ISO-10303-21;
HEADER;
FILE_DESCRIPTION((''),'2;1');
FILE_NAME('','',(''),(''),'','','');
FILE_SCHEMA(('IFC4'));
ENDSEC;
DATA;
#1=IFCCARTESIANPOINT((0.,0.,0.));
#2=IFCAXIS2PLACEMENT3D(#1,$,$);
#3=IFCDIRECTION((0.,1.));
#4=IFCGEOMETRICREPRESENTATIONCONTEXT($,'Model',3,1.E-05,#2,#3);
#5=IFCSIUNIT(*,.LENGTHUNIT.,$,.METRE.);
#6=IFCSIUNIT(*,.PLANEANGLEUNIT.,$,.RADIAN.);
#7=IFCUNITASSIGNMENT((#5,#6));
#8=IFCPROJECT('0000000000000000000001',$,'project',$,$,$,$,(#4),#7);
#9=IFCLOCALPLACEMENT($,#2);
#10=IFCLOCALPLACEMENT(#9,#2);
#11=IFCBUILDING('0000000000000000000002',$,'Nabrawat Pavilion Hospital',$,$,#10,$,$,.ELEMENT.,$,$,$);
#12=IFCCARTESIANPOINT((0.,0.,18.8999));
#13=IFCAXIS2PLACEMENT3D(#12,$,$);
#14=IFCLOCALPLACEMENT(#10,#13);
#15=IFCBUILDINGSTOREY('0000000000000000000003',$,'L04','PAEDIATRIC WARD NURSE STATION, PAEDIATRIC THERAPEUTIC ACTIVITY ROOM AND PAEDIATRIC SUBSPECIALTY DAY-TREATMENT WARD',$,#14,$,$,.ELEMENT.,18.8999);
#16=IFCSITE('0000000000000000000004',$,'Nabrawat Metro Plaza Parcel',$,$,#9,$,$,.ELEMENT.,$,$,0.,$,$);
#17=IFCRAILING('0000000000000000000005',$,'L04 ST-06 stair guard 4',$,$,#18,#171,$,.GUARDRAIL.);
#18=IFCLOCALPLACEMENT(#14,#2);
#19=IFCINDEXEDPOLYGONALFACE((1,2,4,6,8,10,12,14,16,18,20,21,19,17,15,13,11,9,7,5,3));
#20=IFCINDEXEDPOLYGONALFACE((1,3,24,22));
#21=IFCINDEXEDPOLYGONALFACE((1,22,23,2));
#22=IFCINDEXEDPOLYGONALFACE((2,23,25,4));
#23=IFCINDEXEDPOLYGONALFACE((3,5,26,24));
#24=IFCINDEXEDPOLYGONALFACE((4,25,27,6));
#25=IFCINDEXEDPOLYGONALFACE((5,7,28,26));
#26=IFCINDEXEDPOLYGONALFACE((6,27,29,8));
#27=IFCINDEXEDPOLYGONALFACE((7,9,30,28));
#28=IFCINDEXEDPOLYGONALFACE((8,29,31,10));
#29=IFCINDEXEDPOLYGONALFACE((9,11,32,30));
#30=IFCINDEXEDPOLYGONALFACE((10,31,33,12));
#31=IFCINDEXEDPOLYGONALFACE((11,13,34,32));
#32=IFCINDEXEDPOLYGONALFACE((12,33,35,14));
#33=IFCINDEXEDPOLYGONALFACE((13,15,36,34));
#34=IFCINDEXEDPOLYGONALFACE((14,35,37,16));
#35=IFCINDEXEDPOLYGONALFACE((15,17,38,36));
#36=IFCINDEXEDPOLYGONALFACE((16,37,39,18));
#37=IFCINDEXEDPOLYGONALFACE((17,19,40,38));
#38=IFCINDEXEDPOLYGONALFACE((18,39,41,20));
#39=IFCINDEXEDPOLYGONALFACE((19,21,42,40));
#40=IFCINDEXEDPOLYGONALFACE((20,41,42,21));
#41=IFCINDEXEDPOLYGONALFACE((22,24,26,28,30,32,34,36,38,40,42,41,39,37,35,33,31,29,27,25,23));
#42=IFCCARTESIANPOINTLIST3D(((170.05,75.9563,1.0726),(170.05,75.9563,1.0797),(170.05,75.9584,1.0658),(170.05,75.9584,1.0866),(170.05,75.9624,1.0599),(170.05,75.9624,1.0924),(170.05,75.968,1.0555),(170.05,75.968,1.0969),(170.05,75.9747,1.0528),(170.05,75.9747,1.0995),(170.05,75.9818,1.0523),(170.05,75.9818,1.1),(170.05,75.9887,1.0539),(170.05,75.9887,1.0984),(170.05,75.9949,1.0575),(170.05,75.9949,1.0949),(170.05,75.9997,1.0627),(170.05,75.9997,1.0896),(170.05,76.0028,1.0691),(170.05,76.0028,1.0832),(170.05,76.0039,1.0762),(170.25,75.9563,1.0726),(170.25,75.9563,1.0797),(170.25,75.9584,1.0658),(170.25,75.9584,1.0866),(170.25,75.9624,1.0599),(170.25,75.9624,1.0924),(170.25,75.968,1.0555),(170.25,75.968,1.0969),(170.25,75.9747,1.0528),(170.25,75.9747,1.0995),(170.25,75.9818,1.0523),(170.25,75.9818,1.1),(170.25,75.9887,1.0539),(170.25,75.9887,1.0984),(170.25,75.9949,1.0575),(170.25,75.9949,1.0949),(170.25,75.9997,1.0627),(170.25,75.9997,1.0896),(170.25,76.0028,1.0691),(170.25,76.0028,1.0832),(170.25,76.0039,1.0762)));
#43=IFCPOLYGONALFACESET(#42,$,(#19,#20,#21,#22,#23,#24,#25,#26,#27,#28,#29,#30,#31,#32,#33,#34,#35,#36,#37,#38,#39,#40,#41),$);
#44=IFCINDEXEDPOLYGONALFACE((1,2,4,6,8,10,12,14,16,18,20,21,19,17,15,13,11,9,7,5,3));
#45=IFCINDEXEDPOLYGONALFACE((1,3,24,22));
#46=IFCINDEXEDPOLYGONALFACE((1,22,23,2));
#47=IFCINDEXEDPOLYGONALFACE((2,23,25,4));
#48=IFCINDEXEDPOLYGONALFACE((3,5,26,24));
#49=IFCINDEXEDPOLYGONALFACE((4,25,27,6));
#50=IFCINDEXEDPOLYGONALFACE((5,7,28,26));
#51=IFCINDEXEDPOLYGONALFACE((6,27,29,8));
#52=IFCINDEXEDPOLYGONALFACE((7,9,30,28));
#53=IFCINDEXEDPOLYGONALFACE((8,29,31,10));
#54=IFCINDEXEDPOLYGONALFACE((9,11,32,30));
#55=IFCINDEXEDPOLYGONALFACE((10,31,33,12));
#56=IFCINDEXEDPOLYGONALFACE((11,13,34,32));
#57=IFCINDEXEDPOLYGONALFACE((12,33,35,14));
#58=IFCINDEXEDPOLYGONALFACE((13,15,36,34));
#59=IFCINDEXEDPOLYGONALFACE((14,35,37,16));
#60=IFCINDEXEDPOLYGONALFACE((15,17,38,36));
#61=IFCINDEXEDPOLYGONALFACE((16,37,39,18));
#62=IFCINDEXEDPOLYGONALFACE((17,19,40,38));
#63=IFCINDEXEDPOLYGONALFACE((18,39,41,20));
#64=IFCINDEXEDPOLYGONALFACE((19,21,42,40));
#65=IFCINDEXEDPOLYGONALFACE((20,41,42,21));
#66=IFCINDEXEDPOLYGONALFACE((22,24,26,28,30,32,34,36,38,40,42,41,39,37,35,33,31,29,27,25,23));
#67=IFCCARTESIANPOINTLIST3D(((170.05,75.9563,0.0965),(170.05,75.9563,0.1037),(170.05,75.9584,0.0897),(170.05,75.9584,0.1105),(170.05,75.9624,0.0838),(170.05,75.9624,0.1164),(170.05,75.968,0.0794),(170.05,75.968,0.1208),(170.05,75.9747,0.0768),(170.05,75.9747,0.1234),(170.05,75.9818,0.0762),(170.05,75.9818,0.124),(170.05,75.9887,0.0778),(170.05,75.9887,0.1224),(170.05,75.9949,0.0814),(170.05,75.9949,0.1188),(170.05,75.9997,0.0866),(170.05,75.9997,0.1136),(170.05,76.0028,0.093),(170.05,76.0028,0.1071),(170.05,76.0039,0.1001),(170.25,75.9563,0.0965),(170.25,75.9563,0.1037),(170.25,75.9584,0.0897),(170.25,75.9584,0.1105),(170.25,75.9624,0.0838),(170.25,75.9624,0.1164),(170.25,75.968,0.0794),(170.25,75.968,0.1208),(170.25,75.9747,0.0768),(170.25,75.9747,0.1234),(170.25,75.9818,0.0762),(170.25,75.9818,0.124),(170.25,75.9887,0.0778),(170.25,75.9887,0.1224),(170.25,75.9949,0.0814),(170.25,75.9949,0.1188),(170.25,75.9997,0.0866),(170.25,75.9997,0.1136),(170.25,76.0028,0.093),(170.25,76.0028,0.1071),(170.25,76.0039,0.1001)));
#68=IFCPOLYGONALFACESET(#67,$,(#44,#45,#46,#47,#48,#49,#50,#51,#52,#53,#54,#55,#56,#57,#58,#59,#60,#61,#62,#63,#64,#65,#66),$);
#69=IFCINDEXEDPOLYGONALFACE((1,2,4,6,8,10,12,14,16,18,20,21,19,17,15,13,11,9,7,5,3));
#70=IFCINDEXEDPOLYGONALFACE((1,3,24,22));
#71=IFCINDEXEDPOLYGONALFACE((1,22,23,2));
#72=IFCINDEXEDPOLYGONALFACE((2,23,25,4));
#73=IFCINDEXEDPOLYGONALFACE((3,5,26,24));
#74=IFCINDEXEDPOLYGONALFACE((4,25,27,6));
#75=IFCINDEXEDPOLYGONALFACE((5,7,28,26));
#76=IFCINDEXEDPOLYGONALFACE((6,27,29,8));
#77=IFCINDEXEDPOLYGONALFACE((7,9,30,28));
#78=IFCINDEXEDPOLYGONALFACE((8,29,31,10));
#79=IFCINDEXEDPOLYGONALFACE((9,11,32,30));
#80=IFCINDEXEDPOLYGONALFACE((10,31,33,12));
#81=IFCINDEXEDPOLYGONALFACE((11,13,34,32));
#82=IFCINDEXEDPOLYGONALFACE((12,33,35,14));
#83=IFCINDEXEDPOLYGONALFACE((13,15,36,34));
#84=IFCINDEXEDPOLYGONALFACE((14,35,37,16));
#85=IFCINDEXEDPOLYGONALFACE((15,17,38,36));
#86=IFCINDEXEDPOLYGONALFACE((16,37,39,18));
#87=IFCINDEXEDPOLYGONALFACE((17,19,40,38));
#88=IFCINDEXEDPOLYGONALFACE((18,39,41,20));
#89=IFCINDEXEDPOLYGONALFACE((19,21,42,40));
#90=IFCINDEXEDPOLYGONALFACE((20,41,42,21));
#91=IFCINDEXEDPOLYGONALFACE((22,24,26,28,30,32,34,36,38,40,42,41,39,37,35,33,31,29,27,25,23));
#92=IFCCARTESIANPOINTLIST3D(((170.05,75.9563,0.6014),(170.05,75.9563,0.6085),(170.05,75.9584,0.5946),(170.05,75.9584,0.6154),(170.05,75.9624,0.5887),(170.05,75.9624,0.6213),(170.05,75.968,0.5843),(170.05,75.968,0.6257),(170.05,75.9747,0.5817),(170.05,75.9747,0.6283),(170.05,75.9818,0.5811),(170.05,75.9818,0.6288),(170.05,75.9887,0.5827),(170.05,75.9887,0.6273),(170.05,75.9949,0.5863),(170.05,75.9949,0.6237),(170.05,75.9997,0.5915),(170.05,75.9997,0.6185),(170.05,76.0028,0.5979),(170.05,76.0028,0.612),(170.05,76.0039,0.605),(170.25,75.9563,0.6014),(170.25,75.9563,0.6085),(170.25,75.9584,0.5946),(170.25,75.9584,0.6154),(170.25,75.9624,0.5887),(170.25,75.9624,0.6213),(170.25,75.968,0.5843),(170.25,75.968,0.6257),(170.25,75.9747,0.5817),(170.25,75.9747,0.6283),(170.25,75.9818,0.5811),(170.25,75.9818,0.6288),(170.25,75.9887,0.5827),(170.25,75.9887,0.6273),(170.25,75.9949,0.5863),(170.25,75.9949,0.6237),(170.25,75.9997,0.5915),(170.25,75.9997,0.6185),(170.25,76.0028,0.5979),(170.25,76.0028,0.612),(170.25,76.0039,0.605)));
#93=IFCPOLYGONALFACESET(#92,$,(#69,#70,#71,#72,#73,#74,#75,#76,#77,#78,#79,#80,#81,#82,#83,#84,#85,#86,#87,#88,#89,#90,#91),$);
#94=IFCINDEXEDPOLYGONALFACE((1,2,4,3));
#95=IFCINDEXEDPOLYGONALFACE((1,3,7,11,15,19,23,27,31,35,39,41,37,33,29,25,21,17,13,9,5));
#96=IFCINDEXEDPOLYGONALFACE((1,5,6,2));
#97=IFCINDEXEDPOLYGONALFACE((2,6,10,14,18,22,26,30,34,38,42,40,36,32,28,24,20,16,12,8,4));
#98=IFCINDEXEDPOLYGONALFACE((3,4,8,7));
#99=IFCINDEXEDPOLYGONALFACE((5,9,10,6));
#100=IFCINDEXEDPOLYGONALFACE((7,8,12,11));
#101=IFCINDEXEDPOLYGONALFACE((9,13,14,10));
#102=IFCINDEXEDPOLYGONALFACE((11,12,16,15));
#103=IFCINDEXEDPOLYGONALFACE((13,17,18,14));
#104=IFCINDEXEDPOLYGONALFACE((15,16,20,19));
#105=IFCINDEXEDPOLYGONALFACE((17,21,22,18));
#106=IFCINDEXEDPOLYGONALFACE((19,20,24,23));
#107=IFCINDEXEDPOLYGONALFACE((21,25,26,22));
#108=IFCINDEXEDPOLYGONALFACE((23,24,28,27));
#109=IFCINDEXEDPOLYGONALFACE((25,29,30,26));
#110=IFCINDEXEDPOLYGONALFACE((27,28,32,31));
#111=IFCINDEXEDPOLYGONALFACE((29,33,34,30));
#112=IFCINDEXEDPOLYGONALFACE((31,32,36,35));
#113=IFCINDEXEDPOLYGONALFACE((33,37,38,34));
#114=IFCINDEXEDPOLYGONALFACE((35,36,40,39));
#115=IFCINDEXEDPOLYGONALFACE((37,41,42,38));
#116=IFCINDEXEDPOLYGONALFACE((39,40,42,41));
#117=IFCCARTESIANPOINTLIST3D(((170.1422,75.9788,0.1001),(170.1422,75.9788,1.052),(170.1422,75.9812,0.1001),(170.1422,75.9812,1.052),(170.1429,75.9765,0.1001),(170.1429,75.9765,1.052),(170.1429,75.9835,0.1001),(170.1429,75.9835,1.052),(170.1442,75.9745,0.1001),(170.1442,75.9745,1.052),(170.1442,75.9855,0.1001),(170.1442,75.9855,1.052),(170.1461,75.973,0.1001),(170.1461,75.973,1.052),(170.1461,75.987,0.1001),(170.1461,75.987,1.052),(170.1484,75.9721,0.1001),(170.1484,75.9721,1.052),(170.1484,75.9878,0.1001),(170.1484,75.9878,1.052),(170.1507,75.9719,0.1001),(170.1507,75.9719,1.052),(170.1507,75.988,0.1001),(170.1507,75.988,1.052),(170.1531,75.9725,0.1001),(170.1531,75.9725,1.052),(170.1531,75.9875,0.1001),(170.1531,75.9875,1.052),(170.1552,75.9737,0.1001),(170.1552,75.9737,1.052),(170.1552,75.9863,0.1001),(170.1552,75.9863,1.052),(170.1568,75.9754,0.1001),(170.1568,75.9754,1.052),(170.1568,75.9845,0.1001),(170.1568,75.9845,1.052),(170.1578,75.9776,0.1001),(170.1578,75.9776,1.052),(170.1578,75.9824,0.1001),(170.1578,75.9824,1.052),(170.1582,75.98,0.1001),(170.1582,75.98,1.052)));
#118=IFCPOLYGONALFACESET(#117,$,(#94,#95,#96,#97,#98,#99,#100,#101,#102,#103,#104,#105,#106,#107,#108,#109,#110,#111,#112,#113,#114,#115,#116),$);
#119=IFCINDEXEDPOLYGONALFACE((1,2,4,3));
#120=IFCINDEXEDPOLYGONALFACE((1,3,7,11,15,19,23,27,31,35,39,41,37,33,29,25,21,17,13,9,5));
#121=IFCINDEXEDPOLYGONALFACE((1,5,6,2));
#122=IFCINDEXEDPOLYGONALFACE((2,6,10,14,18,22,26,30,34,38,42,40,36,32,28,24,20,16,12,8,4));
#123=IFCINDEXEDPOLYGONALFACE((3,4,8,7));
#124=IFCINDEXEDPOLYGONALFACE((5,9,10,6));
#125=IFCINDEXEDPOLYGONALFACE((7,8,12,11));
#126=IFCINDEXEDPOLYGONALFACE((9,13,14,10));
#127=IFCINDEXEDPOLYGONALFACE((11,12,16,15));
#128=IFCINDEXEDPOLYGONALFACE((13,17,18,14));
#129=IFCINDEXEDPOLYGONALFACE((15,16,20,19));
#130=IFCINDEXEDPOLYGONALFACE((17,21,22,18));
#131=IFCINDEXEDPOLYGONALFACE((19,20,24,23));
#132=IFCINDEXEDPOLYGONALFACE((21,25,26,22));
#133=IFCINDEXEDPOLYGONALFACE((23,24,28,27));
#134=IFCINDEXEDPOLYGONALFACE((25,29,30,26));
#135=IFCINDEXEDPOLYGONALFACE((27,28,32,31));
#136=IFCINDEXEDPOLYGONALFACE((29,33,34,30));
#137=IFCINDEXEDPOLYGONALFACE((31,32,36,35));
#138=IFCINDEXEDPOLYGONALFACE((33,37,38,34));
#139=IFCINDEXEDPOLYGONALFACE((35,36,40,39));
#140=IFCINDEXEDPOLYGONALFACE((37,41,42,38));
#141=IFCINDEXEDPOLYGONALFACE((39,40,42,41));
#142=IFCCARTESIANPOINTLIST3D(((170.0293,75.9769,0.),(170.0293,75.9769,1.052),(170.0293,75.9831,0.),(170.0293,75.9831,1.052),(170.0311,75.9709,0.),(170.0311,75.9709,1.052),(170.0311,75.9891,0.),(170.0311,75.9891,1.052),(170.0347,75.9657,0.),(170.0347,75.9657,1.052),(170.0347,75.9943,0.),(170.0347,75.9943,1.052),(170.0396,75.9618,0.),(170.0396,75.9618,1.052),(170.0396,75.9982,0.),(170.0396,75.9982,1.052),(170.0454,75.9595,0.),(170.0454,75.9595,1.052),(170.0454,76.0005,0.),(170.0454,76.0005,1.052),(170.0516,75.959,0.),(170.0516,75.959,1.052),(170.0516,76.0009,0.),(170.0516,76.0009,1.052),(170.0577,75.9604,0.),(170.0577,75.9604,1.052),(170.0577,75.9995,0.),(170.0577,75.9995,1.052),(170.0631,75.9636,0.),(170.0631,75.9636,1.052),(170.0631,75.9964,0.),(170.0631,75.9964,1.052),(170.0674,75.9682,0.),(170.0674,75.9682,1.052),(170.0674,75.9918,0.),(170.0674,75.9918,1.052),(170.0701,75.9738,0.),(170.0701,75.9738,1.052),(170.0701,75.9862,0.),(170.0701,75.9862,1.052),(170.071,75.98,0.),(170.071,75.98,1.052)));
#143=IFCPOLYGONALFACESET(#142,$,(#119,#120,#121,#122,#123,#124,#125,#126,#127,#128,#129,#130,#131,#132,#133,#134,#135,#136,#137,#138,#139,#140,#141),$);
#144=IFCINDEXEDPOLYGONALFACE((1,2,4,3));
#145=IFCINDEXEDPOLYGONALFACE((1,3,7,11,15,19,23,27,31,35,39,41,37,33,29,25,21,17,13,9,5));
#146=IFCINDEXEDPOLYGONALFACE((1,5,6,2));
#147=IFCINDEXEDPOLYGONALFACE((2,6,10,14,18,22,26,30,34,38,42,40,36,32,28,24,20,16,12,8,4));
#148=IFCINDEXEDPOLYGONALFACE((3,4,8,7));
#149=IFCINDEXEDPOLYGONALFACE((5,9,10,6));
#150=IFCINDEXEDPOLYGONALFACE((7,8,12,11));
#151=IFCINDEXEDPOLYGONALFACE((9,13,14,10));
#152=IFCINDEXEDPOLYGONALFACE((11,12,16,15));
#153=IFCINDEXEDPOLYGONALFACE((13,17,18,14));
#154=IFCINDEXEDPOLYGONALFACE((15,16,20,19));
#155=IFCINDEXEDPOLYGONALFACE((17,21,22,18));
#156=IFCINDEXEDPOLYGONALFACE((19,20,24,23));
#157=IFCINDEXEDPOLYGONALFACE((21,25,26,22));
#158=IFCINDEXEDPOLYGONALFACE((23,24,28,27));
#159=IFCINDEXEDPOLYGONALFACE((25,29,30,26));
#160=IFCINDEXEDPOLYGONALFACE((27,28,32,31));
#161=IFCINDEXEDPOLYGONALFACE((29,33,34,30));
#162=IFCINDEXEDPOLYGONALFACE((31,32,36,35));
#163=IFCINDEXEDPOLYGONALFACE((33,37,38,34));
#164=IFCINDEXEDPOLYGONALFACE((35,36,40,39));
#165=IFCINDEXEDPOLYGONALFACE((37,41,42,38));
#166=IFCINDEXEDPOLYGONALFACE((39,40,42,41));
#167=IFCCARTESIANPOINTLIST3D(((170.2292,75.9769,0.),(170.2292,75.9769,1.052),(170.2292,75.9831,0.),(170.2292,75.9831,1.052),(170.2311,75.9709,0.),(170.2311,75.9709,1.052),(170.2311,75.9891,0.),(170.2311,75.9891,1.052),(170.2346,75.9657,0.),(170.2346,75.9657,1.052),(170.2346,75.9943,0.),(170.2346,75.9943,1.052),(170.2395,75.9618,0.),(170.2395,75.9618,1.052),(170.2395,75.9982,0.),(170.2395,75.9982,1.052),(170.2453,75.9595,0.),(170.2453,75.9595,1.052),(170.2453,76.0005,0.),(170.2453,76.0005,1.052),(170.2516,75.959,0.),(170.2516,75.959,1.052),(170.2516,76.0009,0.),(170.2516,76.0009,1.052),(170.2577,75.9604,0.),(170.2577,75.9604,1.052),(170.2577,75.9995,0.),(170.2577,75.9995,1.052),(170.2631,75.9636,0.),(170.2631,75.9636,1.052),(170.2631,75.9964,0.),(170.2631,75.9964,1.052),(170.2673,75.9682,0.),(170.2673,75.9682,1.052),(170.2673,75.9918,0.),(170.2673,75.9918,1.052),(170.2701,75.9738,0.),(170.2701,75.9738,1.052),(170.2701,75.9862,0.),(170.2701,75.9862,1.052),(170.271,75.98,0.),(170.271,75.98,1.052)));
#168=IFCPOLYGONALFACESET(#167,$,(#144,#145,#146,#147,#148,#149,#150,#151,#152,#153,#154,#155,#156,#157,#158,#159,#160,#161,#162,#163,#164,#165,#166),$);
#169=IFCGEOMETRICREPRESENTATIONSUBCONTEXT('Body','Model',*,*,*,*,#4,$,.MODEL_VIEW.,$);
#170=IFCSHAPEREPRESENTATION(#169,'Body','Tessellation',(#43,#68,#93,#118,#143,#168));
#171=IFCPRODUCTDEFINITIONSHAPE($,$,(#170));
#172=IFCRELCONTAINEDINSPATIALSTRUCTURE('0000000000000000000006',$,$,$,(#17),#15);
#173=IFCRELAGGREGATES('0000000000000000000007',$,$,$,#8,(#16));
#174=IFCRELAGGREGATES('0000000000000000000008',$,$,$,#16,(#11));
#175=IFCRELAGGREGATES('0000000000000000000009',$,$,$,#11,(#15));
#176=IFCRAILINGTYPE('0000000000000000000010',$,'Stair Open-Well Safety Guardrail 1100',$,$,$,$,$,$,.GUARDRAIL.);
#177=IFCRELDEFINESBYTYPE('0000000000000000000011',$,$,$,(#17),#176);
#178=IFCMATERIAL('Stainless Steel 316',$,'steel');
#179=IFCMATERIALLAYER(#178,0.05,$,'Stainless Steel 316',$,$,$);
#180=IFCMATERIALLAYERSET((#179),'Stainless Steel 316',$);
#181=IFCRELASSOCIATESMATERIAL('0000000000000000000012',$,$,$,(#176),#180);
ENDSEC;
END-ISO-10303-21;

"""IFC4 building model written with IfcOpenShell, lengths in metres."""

from ifc_helpers import new_model, si_unit, direction, frame, origin, origin_2d, place, context, subcontext, project, spatial, circle, extrude, material, layer, layer_set, type_object, element, save


model = new_model("IFC4")

# Units and contexts
model_context = context("Model", 3, precision=1e-05, world=origin(), true_north=direction((0.0, 1.0)))
body_context = subcontext(model_context, "Body", "Model", "MODEL_VIEW")
ifc_project = project(units=[si_unit("LENGTHUNIT", "METRE"), si_unit("PLANEANGLEUNIT", "RADIAN")], contexts=[model_context])

# Site, building, storey
site_placement = place(None, origin())
site = spatial("IfcSite", under=ifc_project, at=site_placement, Name="Nabrawat Metro Plaza Parcel", CompositionType="ELEMENT", RefElevation=0.0)
building_placement = place(site_placement, origin())
building = spatial("IfcBuilding", under=site, at=building_placement, Name="Nabrawat Pavilion Hospital", CompositionType="ELEMENT")
storey_placement = place(building_placement, frame((0.0, 0.0, 18.8999)))
storey = spatial("IfcBuildingStorey", under=building, at=storey_placement, Name="L04", Description="PAEDIATRIC WARD NURSE STATION, PAEDIATRIC THERAPEUTIC ACTIVITY ROOM AND PAEDIATRIC SUBSPECIALTY DAY-TREATMENT WARD", CompositionType="ELEMENT", Elevation=18.8999)

# Railing
ifc_material_1 = material(Name="Stainless Steel 316", Category="steel")
ifc_layer_1 = layer(ifc_material_1, 0.05, Name="Stainless Steel 316")
ifc_layer_set_1 = layer_set([ifc_layer_1], Name="Stainless Steel 316")
railing_type_1 = type_object("IfcRailingType", Name="Stair Open-Well Safety Guardrail 1100", PredefinedType="GUARDRAIL", material=ifc_layer_set_1)
railing_1_placement = place(storey_placement, frame((170.05, 75.98, 0.0)))
element("IfcRailing", 1, at=railing_1_placement, inside=storey, type_object=railing_type_1, Name="L04 ST-06 stair guard 4", PredefinedType="GUARDRAIL", context=body_context, shape_type="SweptSolid", body=[
    extrude(circle(Radius=0.0239, at=origin_2d()), frame((0.0, 0.0, 1.0762), z_axis=(1.0, 0.0, 0.0), x_axis=(0.0, 1.0, 0.0)), (0.0, 0.0, 1.0), 0.2),
    extrude(circle(Radius=0.0239, at=origin_2d()), frame((0.0, 0.0, 0.1001), z_axis=(1.0, 0.0, 0.0), x_axis=(0.0, 1.0, 0.0)), (0.0, 0.0, 1.0), 0.2),
    extrude(circle(Radius=0.0239, at=origin_2d()), frame((0.0, 0.0, 0.605), z_axis=(1.0, 0.0, 0.0), x_axis=(0.0, 1.0, 0.0)), (0.0, 0.0, 1.0), 0.2),
    extrude(circle(Radius=0.0081, at=origin_2d()), frame((0.1001, 0.0, 0.1001)), (0.0, 0.0, 1.0), 0.9519),
    extrude(circle(Radius=0.021, at=origin_2d()), origin(), (0.0, 0.0, 1.0), 1.052),
    extrude(circle(Radius=0.021, at=origin_2d()), frame((0.2, 0.0, 0.0)), (0.0, 0.0, 1.0), 1.052),
])

save(model, "model.ifc")
